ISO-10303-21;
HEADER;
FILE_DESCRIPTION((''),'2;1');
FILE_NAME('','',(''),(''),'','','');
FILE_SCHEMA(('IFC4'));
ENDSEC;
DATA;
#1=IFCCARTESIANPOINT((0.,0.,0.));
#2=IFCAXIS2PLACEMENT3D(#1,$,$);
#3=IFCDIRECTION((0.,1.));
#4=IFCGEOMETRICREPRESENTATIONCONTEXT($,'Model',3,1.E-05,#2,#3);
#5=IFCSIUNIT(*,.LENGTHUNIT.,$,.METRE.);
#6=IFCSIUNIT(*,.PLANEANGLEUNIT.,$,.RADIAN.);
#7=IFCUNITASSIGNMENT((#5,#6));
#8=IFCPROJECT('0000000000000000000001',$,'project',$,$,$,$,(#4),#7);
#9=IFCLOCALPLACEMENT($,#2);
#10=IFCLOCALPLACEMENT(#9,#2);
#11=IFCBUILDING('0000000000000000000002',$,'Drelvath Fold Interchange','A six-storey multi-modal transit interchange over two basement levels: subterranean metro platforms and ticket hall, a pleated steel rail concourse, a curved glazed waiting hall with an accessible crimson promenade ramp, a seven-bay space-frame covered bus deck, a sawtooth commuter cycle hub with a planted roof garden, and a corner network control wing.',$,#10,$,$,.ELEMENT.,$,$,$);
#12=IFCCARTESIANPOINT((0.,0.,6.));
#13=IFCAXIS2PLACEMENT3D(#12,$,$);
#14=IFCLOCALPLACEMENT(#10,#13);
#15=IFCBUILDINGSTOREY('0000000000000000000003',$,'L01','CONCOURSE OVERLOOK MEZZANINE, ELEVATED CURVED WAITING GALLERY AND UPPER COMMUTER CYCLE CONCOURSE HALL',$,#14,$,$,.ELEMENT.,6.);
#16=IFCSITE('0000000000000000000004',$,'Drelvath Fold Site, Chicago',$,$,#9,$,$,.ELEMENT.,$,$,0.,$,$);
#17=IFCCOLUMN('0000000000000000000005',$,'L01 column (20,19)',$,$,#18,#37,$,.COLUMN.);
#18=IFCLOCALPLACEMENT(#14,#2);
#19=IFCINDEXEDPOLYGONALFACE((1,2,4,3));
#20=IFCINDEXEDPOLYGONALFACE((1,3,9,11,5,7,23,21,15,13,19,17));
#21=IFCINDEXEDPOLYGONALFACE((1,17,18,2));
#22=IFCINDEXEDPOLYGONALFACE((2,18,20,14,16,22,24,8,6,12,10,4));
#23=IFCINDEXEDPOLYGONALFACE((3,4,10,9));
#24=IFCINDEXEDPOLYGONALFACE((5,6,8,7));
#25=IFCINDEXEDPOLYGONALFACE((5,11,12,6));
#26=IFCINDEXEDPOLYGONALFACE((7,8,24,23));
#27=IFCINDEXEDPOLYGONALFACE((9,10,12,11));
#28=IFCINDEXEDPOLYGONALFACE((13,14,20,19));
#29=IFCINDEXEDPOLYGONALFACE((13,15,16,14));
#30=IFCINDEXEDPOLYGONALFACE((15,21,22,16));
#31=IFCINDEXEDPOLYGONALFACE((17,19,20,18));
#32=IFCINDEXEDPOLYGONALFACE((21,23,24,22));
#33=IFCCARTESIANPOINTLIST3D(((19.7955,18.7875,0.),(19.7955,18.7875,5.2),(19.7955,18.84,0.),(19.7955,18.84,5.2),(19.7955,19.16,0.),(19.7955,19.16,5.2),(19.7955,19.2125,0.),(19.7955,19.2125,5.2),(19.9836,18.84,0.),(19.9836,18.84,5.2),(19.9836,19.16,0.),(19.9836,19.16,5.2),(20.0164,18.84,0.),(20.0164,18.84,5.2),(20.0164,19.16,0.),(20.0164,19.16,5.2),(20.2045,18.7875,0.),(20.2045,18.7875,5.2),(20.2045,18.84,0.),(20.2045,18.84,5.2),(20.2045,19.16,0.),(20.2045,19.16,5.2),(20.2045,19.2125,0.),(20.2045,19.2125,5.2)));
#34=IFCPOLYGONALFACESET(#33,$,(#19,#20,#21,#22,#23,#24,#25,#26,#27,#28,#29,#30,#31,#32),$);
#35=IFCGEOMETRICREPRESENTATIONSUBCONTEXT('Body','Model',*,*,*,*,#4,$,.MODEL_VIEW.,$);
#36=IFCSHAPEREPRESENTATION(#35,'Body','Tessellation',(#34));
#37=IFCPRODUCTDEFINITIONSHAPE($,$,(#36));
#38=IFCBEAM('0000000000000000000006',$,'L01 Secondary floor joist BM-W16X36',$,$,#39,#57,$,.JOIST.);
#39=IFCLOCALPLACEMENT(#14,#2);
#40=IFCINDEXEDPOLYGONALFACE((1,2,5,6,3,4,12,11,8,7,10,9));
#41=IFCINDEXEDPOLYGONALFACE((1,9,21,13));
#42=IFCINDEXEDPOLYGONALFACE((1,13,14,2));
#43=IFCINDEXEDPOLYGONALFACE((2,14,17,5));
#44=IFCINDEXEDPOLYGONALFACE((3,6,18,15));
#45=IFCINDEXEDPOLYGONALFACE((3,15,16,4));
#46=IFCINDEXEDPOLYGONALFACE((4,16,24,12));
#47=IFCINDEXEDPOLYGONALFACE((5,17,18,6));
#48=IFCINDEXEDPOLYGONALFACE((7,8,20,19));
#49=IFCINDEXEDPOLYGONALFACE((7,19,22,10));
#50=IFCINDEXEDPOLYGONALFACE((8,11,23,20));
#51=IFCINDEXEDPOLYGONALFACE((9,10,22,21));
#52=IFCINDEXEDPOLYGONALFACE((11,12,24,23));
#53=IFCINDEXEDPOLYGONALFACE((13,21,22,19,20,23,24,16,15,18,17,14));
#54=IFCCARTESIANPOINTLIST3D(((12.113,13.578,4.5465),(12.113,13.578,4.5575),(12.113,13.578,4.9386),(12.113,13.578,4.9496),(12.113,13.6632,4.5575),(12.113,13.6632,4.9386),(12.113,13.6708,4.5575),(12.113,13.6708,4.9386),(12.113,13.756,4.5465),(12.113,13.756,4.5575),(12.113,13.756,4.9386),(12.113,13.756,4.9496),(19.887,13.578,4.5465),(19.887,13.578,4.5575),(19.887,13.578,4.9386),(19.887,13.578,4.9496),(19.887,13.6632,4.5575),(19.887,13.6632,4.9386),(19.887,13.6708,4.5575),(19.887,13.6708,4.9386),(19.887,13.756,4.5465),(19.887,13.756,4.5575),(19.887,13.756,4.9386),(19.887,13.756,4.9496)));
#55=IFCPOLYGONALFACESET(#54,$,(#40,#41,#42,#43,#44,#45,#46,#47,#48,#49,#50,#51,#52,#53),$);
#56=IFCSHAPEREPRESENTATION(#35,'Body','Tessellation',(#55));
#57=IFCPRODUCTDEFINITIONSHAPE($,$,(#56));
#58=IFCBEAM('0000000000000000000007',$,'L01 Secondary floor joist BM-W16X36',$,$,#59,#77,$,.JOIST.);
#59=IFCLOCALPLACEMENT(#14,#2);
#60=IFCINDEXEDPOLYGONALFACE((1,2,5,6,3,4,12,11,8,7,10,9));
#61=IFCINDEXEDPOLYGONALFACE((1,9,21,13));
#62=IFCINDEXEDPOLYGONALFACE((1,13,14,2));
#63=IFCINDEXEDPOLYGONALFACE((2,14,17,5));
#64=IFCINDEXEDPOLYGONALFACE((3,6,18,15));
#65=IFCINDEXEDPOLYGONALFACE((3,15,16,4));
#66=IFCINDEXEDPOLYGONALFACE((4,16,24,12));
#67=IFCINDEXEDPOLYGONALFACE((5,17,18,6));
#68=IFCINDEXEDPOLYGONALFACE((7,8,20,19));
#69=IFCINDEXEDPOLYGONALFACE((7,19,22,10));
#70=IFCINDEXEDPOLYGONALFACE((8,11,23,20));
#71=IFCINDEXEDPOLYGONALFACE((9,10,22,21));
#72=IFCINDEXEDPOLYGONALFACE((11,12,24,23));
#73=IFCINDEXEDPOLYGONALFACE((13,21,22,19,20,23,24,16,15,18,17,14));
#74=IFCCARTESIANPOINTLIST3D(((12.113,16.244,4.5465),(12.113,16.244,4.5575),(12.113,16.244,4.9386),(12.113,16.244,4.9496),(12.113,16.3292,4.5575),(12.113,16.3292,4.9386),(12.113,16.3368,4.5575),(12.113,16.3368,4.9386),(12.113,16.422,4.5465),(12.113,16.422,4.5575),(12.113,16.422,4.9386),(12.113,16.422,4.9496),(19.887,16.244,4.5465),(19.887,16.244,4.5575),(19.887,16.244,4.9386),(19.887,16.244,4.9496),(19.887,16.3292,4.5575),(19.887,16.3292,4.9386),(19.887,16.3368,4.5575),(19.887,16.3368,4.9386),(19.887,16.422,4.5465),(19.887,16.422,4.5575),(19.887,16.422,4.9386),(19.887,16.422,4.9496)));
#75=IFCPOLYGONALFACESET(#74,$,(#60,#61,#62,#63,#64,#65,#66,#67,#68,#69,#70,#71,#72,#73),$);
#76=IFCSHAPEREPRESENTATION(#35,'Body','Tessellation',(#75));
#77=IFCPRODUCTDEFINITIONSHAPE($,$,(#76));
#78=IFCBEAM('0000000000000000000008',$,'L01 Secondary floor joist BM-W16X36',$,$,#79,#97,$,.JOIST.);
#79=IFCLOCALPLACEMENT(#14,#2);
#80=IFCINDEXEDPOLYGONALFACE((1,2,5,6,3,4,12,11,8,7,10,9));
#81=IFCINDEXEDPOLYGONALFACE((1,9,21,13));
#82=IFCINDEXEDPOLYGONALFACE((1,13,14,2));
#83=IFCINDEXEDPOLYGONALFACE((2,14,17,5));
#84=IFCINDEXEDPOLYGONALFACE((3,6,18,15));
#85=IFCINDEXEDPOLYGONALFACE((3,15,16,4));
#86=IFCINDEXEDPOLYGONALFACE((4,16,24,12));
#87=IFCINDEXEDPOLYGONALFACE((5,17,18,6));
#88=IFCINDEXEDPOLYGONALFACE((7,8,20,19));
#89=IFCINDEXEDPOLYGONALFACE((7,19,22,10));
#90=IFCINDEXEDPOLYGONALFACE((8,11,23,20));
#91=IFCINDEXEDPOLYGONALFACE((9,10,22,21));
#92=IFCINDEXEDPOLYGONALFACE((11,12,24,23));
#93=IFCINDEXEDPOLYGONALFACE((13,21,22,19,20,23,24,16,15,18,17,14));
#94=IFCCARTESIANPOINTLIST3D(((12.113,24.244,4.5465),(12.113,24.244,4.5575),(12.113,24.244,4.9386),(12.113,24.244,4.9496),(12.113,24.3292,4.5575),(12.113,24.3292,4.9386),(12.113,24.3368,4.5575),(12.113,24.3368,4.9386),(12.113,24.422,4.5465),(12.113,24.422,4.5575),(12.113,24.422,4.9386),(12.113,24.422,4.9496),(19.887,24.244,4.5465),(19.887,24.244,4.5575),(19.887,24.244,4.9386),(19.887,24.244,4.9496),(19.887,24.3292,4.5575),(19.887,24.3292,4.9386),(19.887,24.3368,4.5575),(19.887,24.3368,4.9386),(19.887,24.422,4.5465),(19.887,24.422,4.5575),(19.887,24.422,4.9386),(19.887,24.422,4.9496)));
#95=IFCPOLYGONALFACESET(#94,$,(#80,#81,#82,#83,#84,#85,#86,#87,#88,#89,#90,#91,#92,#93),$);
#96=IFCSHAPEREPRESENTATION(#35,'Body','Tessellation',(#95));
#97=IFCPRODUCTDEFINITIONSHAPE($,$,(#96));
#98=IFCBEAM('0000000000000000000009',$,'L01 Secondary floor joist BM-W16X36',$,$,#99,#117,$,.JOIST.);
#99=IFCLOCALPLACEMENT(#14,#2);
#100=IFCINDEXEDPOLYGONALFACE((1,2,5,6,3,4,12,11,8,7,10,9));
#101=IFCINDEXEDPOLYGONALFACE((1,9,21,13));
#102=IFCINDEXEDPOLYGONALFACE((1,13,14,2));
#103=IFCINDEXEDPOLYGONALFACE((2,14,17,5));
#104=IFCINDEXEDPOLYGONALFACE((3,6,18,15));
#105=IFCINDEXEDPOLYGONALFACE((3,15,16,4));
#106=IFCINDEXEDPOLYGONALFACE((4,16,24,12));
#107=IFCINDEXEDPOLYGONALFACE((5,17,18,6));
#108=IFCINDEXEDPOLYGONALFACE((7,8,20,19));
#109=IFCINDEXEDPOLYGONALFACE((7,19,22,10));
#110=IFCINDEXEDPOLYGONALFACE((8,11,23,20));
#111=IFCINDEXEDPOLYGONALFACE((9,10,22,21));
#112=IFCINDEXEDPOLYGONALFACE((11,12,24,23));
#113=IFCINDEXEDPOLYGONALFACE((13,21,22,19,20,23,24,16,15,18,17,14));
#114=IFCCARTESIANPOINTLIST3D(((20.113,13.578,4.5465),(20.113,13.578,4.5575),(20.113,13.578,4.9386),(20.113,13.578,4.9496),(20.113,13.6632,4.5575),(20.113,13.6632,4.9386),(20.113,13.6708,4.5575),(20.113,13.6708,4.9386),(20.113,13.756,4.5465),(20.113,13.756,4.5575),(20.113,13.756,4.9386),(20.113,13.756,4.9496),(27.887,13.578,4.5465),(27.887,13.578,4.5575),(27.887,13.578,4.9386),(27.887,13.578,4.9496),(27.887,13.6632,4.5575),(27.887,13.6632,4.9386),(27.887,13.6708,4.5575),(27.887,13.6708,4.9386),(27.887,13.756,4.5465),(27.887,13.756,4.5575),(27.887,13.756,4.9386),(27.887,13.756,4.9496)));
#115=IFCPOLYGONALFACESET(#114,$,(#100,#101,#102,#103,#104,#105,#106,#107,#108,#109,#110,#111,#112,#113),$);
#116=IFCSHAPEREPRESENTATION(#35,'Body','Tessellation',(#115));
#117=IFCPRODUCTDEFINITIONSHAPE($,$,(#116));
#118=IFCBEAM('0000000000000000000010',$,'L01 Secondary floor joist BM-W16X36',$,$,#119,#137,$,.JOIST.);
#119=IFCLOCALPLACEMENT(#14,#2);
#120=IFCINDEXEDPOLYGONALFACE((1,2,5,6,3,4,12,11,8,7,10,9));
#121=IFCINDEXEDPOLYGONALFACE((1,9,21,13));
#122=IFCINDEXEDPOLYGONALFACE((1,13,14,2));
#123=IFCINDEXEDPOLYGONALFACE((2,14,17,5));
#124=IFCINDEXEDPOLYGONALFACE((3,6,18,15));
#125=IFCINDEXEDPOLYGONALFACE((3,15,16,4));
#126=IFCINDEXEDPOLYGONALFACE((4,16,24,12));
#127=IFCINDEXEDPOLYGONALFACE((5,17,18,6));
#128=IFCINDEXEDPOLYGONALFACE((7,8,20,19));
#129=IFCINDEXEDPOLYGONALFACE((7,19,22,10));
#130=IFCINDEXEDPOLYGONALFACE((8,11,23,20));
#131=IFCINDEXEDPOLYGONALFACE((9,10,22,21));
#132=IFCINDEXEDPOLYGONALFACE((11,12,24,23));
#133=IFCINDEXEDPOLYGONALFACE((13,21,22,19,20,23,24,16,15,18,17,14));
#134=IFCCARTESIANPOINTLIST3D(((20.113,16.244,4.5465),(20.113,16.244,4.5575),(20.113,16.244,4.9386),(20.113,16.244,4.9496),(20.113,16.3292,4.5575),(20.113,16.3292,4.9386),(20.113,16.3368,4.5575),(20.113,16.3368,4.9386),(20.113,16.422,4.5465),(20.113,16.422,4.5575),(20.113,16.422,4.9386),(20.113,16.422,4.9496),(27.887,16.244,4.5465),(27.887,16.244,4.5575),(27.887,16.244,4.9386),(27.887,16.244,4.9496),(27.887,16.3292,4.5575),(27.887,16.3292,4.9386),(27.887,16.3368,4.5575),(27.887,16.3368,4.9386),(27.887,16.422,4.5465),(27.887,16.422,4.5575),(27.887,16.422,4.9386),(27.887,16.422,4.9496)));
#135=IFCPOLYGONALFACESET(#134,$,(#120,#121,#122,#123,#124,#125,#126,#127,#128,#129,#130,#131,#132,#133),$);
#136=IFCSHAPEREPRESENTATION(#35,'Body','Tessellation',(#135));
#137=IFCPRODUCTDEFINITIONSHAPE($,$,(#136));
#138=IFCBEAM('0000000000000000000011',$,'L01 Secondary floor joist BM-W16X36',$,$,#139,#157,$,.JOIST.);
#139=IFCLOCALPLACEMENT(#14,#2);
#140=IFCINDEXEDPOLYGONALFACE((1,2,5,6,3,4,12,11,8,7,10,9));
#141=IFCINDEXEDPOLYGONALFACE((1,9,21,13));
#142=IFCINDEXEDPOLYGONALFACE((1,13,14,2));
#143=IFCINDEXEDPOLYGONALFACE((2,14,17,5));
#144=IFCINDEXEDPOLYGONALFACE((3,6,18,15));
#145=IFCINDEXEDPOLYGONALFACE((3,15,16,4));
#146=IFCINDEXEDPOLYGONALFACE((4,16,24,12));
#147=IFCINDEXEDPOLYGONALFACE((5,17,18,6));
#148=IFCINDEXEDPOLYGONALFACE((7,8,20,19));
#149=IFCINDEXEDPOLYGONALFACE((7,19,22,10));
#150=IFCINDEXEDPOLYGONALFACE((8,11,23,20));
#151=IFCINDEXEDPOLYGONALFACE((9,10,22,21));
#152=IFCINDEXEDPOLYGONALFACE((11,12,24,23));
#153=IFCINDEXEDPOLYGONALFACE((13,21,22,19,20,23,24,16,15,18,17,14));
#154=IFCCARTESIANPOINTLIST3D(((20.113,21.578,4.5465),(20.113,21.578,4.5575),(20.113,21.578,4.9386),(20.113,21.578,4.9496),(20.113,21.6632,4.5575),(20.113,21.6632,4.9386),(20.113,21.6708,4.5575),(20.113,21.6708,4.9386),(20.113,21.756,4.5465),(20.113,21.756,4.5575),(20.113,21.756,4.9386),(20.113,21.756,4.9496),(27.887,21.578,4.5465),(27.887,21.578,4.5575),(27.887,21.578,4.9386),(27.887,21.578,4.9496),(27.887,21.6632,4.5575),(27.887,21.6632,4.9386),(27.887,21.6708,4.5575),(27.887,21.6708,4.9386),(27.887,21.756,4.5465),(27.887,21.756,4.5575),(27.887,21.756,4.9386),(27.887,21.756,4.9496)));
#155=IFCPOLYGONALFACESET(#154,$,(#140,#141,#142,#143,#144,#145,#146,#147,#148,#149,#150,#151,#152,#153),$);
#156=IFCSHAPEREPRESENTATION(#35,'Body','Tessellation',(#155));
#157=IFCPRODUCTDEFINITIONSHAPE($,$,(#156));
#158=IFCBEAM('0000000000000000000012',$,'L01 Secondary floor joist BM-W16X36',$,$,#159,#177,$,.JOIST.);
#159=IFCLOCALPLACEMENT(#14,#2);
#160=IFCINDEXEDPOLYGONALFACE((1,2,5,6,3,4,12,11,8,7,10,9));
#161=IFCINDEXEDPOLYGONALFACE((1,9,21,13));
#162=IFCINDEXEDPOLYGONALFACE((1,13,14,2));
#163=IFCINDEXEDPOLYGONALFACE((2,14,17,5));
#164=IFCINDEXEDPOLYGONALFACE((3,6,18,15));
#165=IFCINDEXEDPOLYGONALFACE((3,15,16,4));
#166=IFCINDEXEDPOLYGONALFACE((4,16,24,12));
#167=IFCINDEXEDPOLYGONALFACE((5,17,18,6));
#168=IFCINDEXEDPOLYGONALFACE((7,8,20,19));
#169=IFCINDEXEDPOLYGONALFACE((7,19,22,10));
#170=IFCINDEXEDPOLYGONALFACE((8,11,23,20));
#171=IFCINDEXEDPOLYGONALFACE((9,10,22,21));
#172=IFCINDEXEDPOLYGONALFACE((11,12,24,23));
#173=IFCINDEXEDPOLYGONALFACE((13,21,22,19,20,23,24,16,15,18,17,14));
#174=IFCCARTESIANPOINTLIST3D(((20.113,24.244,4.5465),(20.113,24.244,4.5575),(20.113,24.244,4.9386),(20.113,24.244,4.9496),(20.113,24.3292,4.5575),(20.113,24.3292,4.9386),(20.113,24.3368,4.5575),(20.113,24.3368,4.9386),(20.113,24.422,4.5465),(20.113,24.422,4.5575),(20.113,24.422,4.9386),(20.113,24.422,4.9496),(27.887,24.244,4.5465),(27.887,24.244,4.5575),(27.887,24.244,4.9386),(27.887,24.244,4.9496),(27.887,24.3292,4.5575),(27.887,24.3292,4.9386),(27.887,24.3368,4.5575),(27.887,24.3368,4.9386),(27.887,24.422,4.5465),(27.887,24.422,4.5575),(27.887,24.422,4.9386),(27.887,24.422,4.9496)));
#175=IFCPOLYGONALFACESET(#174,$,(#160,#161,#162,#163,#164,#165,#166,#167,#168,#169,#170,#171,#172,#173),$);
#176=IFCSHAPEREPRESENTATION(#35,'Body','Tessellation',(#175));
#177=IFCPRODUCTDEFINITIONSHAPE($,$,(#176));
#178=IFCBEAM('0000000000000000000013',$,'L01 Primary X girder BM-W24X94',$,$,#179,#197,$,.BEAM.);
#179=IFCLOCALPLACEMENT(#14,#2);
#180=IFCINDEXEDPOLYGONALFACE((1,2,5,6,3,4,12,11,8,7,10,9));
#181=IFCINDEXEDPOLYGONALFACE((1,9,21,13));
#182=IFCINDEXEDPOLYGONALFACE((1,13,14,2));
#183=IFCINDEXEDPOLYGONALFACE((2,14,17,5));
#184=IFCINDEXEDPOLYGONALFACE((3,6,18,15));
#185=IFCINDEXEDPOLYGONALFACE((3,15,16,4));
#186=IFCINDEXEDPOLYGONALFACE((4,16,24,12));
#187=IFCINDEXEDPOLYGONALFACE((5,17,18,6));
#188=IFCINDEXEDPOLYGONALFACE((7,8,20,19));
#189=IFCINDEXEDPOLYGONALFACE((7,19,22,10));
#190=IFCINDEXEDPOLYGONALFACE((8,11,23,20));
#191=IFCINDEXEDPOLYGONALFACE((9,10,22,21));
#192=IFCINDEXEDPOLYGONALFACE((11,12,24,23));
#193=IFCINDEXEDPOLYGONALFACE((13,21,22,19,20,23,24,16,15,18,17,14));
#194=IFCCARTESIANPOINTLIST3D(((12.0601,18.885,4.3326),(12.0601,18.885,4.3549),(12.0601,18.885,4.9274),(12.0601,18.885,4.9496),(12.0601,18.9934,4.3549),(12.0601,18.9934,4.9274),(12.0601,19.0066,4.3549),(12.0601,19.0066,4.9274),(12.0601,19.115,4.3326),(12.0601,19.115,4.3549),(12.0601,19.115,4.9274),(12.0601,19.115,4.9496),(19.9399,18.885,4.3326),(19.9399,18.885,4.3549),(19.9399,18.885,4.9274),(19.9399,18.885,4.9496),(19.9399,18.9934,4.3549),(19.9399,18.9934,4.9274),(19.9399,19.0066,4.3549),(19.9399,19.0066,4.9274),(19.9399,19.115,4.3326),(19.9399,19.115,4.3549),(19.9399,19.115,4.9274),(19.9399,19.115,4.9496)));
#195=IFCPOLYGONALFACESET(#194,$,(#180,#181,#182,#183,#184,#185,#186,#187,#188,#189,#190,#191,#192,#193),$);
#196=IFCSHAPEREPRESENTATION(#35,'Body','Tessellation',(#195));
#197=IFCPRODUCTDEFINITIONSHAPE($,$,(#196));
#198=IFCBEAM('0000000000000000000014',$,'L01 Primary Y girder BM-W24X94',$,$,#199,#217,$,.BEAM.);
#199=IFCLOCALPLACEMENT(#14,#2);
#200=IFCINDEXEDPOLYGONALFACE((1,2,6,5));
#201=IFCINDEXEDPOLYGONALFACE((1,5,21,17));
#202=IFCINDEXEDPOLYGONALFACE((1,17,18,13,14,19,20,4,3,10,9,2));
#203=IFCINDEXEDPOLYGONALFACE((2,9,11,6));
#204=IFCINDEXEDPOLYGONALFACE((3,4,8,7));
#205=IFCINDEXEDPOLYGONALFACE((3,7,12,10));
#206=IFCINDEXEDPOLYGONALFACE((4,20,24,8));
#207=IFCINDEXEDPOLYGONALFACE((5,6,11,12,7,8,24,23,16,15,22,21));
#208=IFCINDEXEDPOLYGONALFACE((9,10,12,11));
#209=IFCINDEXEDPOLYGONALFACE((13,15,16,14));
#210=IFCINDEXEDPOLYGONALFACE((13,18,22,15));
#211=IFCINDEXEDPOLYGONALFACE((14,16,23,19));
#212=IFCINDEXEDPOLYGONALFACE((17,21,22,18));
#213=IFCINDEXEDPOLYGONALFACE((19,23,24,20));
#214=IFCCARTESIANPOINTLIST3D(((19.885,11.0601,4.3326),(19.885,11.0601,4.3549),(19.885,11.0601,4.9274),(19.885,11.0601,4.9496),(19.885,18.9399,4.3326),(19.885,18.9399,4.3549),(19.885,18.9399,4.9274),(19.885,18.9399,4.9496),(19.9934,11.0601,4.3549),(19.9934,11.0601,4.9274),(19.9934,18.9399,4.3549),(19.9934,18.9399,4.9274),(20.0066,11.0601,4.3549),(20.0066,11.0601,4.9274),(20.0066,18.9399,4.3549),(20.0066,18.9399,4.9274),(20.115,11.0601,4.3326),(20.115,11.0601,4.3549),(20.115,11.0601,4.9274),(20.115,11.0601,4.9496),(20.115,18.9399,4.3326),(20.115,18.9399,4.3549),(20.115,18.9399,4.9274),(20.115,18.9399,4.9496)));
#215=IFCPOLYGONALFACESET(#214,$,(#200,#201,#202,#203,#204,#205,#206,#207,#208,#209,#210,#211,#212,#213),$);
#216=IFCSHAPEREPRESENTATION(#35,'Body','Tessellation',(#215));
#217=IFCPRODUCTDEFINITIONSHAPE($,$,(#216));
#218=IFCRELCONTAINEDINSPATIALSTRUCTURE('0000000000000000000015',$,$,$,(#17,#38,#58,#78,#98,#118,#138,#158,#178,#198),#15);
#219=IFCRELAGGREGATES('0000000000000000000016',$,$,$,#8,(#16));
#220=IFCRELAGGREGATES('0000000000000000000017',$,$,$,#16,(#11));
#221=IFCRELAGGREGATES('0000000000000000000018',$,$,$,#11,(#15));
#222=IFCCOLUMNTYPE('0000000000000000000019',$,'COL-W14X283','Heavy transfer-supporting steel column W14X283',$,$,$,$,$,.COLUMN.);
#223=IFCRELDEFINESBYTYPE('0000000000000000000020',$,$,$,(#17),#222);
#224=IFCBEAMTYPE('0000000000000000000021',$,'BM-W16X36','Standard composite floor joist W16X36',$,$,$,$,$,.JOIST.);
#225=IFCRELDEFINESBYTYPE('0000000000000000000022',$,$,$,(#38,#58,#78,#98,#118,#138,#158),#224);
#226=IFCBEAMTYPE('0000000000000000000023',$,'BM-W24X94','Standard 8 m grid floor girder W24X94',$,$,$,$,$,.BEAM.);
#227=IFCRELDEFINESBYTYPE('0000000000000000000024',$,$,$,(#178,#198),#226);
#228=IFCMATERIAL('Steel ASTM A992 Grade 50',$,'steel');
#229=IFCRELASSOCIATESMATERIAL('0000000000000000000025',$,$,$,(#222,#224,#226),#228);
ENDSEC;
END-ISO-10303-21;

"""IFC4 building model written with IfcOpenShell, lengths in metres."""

from ifc_helpers import new_model, si_unit, direction, frame, origin, origin_2d, place, context, subcontext, project, spatial, i_section, extrude, material, material_profile, profile_set, type_object, element, save


model = new_model("IFC4")

# Units and contexts
model_context = context("Model", 3, precision=1e-05, world=origin(), true_north=direction((0.0, 1.0)))
body_context = subcontext(model_context, "Body", "Model", "MODEL_VIEW")
ifc_project = project(units=[si_unit("LENGTHUNIT", "METRE"), si_unit("PLANEANGLEUNIT", "RADIAN")], contexts=[model_context])

# Site, building, storey
site_placement = place(None, origin())
site = spatial("IfcSite", under=ifc_project, at=site_placement, Name="Drelvath Fold Site, Chicago", CompositionType="ELEMENT", RefElevation=0.0)
building_placement = place(site_placement, origin())
building = spatial("IfcBuilding", under=site, at=building_placement, Name="Drelvath Fold Interchange", Description="A six-storey multi-modal transit interchange over two basement levels: subterranean metro platforms and ticket hall, a pleated steel rail concourse, a curved glazed waiting hall with an accessible crimson promenade ramp, a seven-bay space-frame covered bus deck, a sawtooth commuter cycle hub with a planted roof garden, and a corner network control wing.", CompositionType="ELEMENT")
storey_placement = place(building_placement, frame((0.0, 0.0, 6.0)))
storey = spatial("IfcBuildingStorey", under=building, at=storey_placement, Name="L01", Description="CONCOURSE OVERLOOK MEZZANINE, ELEVATED CURVED WAITING GALLERY AND UPPER COMMUTER CYCLE CONCOURSE HALL", CompositionType="ELEMENT", Elevation=6.0)

# Column
ifc_material_1 = material(Name="Steel ASTM A992 Grade 50", Category="steel")
ifc_material_profile_1 = material_profile(ifc_material_1, i_section(OverallWidth=0.4089, OverallDepth=0.425, WebThickness=0.0327, FlangeThickness=0.0525, at=origin_2d()), Name="W14X283")
ifc_profile_set_1 = profile_set([ifc_material_profile_1], Name="Steel ASTM A992 Grade 50")
column_type = type_object("IfcColumnType", Name="COL-W14X283", Description="Heavy transfer-supporting steel column W14X283", PredefinedType="COLUMN", material=ifc_profile_set_1)
column_placement = place(storey_placement, frame((20.0, 19.0, 0.0), z_axis=(0.0, 0.0, 1.0), x_axis=(1.0, 0.0, 0.0)))
element("IfcColumn", 1, at=column_placement, inside=storey, type_object=column_type, Name="L01 column (20,19)", PredefinedType="COLUMN", context=body_context, shape_type="SweptSolid", body=[
    extrude(i_section(OverallWidth=0.4089, OverallDepth=0.425, WebThickness=0.0327, FlangeThickness=0.0525, at=origin_2d()), origin(), (0.0, 0.0, 1.0), 5.2),
])

# Beams
ifc_material_profile_2 = material_profile(ifc_material_1, i_section(OverallWidth=0.178, OverallDepth=0.4031, WebThickness=0.0076, FlangeThickness=0.011, at=origin_2d()), Name="W16X36")
ifc_profile_set_2 = profile_set([ifc_material_profile_2], Name="Steel ASTM A992 Grade 50")
beam_type_1 = type_object("IfcBeamType", Name="BM-W16X36", Description="Standard composite floor joist W16X36", PredefinedType="JOIST", material=ifc_profile_set_2)
for number, where, z_axis, x_axis, name in (
    (2, (12.113, 13.667, 4.748), (1.0, 0.0, 0.0), (0.0, 1.0, 0.0), "L01 Secondary floor joist BM-W16X36"),
    (3, (12.113, 16.333, 4.748), (1.0, 0.0, 0.0), (0.0, 1.0, 0.0), "L01 Secondary floor joist BM-W16X36"),
    (4, (12.113, 24.333, 4.748), (1.0, 0.0, 0.0), (0.0, 1.0, 0.0), "L01 Secondary floor joist BM-W16X36"),
    (5, (20.113, 13.667, 4.748), (1.0, 0.0, 0.0), (0.0, 1.0, 0.0), "L01 Secondary floor joist BM-W16X36"),
    (6, (20.113, 16.333, 4.748), (1.0, 0.0, 0.0), (0.0, 1.0, 0.0), "L01 Secondary floor joist BM-W16X36"),
    (7, (20.113, 21.667, 4.748), (1.0, 0.0, 0.0), (0.0, 1.0, 0.0), "L01 Secondary floor joist BM-W16X36"),
    (8, (20.113, 24.333, 4.748), (1.0, 0.0, 0.0), (0.0, 1.0, 0.0), "L01 Secondary floor joist BM-W16X36"),
):
    element("IfcBeam", number, at=place(storey_placement, frame(where, z_axis=z_axis, x_axis=x_axis)), inside=storey, type_object=beam_type_1, Name=name, PredefinedType="JOIST", context=body_context, shape_type="SweptSolid", body=[
        extrude(i_section(OverallWidth=0.178, OverallDepth=0.4031, WebThickness=0.0076, FlangeThickness=0.011, at=origin_2d()), origin(), (0.0, 0.0, 1.0), 7.7739),
    ])
ifc_material_profile_3 = material_profile(ifc_material_1, i_section(OverallWidth=0.23, OverallDepth=0.6169, WebThickness=0.0132, FlangeThickness=0.0222, at=origin_2d()), Name="W24X94")
ifc_profile_set_3 = profile_set([ifc_material_profile_3], Name="Steel ASTM A992 Grade 50")
beam_type_2 = type_object("IfcBeamType", Name="BM-W24X94", Description="Standard 8 m grid floor girder W24X94", PredefinedType="BEAM", material=ifc_profile_set_3)
for number, where, z_axis, x_axis, name in (
    (9, (12.0601, 19.0, 4.6411), (1.0, 0.0, 0.0), (0.0, 1.0, 0.0), "L01 Primary X girder BM-W24X94"),
    (10, (20.0, 11.0601, 4.6411), (0.0, 1.0, 0.0), (-1.0, 0.0, 0.0), "L01 Primary Y girder BM-W24X94"),
):
    element("IfcBeam", number, at=place(storey_placement, frame(where, z_axis=z_axis, x_axis=x_axis)), inside=storey, type_object=beam_type_2, Name=name, PredefinedType="BEAM", context=body_context, shape_type="SweptSolid", body=[
        extrude(i_section(OverallWidth=0.23, OverallDepth=0.6169, WebThickness=0.0132, FlangeThickness=0.0222, at=origin_2d()), origin(), (0.0, 0.0, 1.0), 7.8799),
    ])

save(model, "model.ifc")
